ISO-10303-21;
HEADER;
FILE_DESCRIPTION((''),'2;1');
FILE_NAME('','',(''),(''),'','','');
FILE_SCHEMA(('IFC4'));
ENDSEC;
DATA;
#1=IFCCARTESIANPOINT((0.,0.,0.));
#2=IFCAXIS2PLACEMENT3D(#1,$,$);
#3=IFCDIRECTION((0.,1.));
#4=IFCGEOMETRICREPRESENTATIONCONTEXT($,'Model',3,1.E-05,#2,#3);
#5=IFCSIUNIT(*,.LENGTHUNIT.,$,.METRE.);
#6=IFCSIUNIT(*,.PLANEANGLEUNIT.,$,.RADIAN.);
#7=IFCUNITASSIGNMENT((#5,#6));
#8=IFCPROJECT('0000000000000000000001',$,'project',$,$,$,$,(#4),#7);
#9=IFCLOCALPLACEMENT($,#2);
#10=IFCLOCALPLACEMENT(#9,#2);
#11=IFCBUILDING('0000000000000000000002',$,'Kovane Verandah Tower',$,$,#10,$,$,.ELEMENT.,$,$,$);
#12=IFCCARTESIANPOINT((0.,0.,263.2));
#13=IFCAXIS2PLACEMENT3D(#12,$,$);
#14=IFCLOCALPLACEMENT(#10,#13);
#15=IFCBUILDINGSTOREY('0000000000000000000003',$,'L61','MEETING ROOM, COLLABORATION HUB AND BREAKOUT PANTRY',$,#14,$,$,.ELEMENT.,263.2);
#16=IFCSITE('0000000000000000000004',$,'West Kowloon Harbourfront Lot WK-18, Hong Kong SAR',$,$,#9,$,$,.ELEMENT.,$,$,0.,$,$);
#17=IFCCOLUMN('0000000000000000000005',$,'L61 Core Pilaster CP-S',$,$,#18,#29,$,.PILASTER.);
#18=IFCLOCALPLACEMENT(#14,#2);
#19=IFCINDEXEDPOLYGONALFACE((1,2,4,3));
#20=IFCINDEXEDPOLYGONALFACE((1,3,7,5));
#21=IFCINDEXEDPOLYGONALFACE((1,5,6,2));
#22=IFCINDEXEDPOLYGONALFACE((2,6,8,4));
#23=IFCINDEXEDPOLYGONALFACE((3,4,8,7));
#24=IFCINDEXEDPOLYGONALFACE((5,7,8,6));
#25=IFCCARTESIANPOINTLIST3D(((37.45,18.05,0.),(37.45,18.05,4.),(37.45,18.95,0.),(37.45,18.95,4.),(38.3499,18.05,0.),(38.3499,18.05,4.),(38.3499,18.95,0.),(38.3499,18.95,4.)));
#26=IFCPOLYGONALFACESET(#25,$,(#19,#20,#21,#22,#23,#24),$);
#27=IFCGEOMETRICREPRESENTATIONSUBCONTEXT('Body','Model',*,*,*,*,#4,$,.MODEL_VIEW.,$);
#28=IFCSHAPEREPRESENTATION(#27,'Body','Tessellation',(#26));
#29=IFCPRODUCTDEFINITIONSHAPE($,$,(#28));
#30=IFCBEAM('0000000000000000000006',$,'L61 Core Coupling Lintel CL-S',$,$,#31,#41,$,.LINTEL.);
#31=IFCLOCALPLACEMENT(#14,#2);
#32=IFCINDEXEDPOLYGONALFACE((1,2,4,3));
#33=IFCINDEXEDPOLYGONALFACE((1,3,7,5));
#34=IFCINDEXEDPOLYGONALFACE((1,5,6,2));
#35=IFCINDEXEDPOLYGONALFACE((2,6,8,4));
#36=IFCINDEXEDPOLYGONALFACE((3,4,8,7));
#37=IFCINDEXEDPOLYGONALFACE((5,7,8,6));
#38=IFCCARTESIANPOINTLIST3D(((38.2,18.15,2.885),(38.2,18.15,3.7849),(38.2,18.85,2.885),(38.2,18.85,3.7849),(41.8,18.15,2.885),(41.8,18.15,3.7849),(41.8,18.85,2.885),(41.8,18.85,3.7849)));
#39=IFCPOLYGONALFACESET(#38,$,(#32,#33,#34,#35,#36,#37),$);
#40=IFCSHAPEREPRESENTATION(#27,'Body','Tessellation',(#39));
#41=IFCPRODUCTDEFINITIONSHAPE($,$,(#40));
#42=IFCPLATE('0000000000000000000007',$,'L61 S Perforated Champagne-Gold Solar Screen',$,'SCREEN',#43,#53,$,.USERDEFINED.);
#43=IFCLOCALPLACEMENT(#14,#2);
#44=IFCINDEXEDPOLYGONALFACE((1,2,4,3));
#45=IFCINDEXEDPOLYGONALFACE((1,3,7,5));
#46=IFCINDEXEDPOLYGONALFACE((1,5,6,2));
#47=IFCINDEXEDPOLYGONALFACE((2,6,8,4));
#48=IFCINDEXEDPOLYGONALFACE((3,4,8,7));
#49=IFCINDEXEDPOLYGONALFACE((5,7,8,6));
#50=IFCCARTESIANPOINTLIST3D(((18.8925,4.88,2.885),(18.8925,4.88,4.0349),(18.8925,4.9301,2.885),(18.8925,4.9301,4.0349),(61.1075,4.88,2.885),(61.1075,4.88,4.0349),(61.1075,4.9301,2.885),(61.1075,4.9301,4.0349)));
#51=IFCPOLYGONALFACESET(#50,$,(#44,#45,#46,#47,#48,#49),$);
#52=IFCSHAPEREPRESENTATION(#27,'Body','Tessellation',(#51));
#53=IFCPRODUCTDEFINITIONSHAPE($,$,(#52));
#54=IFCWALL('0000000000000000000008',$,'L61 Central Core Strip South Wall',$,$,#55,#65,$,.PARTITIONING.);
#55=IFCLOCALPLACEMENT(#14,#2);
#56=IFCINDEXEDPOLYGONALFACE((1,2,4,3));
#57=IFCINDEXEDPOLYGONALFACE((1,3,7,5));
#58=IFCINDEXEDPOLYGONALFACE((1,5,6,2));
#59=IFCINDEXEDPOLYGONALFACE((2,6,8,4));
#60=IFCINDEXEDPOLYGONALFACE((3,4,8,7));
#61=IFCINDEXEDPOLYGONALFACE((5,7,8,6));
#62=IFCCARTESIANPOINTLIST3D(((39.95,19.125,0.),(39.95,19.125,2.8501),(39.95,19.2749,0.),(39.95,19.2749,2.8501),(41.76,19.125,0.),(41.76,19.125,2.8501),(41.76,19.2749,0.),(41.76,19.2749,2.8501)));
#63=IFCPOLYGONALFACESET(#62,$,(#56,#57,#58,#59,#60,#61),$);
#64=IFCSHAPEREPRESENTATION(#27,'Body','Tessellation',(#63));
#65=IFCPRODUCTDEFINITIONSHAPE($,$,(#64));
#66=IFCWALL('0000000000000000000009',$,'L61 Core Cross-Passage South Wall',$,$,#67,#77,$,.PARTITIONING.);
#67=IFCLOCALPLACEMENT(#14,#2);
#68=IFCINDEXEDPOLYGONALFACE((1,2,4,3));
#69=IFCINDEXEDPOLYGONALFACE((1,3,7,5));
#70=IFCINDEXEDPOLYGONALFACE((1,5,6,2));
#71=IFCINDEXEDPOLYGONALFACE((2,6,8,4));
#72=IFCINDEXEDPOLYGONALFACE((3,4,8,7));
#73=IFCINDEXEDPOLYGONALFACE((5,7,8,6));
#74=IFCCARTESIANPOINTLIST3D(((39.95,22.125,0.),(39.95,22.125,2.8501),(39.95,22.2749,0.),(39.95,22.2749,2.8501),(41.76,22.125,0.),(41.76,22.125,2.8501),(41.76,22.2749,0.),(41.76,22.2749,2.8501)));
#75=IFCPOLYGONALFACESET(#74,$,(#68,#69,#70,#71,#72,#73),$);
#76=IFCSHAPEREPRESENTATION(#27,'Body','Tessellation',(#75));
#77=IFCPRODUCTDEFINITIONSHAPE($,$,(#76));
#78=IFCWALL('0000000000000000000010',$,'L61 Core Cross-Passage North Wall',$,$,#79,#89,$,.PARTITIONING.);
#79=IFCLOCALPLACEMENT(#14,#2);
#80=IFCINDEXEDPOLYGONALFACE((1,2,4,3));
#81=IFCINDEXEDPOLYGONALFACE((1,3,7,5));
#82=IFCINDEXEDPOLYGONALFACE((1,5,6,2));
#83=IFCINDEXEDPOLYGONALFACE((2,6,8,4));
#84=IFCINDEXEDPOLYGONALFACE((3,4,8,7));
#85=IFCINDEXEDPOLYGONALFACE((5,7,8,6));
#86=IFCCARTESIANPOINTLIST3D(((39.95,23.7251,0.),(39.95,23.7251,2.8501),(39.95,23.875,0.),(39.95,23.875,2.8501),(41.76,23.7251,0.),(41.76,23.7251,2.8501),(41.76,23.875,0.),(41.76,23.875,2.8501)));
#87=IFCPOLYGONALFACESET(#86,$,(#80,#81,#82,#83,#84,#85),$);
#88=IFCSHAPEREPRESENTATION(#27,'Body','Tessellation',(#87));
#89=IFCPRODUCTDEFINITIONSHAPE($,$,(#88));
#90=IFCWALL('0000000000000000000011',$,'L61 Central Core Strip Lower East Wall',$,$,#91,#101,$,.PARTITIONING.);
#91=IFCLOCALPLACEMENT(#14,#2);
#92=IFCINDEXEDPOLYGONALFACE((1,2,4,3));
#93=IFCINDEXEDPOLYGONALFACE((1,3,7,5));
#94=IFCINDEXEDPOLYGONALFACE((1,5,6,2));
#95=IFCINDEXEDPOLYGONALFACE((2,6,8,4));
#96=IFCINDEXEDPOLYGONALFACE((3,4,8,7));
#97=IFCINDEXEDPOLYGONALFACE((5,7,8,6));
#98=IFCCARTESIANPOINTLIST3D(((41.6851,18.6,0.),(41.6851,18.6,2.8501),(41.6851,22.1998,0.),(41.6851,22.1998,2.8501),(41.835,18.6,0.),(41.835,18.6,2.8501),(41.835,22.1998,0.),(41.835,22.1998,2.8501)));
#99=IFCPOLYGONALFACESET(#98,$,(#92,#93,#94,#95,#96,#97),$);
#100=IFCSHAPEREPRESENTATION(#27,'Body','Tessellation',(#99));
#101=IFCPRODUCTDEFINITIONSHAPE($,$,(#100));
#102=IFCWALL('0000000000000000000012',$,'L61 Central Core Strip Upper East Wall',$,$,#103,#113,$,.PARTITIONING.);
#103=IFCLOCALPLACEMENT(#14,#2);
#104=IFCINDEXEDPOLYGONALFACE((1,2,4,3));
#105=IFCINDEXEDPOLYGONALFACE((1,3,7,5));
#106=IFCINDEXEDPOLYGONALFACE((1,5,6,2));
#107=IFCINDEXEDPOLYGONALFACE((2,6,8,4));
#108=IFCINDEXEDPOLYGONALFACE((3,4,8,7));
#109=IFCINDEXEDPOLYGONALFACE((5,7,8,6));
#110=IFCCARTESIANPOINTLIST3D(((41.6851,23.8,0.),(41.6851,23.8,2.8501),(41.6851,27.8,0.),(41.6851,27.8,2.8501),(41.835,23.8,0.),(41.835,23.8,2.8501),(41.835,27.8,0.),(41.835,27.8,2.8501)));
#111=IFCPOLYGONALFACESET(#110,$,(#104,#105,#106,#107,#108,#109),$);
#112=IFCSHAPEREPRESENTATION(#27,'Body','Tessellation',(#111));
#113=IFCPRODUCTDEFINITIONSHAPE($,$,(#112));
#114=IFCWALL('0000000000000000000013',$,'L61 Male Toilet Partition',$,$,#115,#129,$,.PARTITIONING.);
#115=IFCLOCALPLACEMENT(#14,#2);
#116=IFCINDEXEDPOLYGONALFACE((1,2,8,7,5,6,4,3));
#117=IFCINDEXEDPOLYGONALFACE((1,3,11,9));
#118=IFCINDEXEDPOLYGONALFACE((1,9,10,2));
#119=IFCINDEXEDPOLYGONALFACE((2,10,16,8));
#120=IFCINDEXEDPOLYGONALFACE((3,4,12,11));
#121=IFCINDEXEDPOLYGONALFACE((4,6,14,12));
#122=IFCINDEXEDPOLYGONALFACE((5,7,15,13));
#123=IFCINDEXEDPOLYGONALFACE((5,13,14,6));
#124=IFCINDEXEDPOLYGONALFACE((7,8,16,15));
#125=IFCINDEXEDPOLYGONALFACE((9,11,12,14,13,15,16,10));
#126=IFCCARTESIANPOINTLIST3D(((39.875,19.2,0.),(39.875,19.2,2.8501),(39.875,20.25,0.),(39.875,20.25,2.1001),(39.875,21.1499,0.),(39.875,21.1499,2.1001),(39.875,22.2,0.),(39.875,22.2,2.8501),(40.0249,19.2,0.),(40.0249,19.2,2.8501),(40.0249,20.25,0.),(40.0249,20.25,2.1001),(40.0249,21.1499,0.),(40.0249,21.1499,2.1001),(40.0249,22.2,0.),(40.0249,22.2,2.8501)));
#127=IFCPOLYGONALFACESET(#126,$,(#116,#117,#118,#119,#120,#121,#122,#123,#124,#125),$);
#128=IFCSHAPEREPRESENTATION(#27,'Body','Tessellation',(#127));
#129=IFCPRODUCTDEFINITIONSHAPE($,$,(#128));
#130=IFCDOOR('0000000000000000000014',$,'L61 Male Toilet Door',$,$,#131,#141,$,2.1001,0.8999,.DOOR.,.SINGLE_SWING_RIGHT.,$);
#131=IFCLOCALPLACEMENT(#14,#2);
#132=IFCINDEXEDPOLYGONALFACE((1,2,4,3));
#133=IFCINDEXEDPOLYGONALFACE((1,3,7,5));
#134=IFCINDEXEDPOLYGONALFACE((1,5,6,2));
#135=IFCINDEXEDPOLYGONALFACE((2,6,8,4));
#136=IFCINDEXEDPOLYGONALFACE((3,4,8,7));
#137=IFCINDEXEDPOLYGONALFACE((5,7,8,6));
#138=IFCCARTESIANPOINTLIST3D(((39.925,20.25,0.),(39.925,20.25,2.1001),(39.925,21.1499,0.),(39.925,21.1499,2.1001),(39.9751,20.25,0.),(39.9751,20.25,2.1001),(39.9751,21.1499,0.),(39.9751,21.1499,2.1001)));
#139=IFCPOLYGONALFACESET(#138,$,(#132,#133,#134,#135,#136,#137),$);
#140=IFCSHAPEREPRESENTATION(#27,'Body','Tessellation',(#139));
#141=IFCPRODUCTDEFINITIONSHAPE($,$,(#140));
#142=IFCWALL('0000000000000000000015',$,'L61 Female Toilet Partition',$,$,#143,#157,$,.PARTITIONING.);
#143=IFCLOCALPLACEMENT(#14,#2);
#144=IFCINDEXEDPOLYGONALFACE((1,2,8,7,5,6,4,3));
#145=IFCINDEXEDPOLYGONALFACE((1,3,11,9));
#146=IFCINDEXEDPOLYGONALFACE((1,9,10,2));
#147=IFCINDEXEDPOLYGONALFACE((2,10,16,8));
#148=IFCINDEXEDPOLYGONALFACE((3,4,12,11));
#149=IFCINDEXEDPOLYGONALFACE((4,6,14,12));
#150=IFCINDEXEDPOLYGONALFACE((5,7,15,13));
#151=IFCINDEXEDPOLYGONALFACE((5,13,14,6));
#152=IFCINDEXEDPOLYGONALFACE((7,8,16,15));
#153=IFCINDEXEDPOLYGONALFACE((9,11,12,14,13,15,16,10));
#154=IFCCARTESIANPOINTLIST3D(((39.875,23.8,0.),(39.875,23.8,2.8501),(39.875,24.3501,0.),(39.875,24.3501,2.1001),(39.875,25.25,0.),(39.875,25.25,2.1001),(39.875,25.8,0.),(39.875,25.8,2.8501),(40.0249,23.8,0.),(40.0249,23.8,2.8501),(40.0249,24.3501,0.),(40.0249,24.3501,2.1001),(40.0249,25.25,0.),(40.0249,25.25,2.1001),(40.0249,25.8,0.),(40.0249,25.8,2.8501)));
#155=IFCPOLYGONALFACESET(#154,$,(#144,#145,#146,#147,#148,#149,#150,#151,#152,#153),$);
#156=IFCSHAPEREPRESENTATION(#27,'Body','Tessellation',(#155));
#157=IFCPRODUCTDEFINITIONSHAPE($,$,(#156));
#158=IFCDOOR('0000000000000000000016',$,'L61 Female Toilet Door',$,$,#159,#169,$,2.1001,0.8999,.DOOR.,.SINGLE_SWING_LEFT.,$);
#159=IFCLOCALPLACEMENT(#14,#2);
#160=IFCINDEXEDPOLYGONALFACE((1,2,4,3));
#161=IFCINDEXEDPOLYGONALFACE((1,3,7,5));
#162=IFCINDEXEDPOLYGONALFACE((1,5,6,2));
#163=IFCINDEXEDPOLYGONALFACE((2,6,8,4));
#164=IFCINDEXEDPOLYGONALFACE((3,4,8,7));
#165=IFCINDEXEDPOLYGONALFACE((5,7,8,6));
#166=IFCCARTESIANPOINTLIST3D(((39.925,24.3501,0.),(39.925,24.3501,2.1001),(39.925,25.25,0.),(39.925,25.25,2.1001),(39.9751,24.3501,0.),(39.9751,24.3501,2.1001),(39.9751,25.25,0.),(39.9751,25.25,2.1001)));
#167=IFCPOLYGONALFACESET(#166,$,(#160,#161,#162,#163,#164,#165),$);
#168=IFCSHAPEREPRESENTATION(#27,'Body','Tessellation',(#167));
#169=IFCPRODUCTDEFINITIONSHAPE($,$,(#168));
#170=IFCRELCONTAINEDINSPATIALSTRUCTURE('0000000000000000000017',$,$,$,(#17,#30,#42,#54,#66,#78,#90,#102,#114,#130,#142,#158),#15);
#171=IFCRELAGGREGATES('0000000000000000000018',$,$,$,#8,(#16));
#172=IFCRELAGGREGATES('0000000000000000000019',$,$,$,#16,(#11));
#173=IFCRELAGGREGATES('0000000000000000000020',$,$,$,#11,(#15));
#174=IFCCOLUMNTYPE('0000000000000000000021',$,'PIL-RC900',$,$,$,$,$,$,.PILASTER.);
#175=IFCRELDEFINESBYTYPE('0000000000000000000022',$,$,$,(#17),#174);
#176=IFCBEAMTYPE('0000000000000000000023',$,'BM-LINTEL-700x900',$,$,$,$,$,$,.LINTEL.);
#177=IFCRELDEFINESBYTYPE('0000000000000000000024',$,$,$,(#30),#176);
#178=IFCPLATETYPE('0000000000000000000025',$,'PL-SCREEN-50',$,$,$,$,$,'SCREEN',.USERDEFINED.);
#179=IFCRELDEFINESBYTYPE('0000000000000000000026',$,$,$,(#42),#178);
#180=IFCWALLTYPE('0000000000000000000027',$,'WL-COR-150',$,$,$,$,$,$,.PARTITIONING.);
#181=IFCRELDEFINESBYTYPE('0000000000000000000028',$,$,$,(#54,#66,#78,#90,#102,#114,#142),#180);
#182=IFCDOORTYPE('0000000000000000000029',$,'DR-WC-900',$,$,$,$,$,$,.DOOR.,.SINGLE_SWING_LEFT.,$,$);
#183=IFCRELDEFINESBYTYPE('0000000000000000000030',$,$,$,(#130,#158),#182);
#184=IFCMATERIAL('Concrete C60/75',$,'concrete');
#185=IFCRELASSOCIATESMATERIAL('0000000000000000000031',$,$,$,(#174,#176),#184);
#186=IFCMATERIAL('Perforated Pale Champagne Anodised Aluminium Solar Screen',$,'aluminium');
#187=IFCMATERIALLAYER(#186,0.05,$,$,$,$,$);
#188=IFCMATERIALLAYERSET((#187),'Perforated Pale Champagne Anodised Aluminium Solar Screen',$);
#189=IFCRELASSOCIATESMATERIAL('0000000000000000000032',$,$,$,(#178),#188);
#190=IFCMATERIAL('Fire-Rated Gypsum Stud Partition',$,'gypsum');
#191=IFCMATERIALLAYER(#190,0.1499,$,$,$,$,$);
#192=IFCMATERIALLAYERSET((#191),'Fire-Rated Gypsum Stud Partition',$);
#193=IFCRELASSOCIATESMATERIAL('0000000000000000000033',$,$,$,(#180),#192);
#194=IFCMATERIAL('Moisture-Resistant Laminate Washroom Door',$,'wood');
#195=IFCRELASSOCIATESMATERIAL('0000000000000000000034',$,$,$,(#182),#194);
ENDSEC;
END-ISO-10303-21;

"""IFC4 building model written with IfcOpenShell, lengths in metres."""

from ifc_helpers import new_model, si_unit, direction, frame, frame_2d, origin, origin_2d, place, context, subcontext, project, spatial, rectangle, extrude, material, layer, layer_set, material_profile, profile_set, type_object, element, fill, save


model = new_model("IFC4")

# Units and contexts
model_context = context("Model", 3, precision=1e-05, world=origin(), true_north=direction((0.0, 1.0)))
body_context = subcontext(model_context, "Body", "Model", "MODEL_VIEW")
ifc_project = project(units=[si_unit("LENGTHUNIT", "METRE"), si_unit("PLANEANGLEUNIT", "RADIAN")], contexts=[model_context])

# Site, building, storey
site_placement = place(None, origin())
site = spatial("IfcSite", under=ifc_project, at=site_placement, Name="West Kowloon Harbourfront Lot WK-18, Hong Kong SAR", CompositionType="ELEMENT", RefElevation=0.0)
building_placement = place(site_placement, origin())
building = spatial("IfcBuilding", under=site, at=building_placement, Name="Kovane Verandah Tower", CompositionType="ELEMENT")
storey_placement = place(building_placement, frame((0.0, 0.0, 263.2)))
storey = spatial("IfcBuildingStorey", under=building, at=storey_placement, Name="L61", Description="MEETING ROOM, COLLABORATION HUB AND BREAKOUT PANTRY", CompositionType="ELEMENT", Elevation=263.2)

# Column
ifc_material_1 = material(Name="Concrete C60/75", Category="concrete")
ifc_material_profile_1 = material_profile(ifc_material_1, rectangle(XDim=0.8999, YDim=0.8999, at=origin_2d()), Name="RC900x900")
ifc_profile_set_1 = profile_set([ifc_material_profile_1], Name="Concrete C60/75")
column_type = type_object("IfcColumnType", Name="PIL-RC900", PredefinedType="PILASTER", material=ifc_profile_set_1)
column_placement = place(storey_placement, frame((37.8999, 18.5, 0.0), z_axis=(0.0, 0.0, 1.0), x_axis=(1.0, 0.0, 0.0)))
element("IfcColumn", 1, at=column_placement, inside=storey, type_object=column_type, Name="L61 Core Pilaster CP-S", PredefinedType="PILASTER", context=body_context, shape_type="SweptSolid", body=[
    extrude(rectangle(XDim=0.8999, YDim=0.8999, at=origin_2d()), origin(), (0.0, 0.0, 1.0), 4.0),
])

# Beam
ifc_material_profile_2 = material_profile(ifc_material_1, rectangle(XDim=0.7, YDim=0.8999, at=origin_2d()), Name="RCB700x900")
ifc_profile_set_2 = profile_set([ifc_material_profile_2], Name="Concrete C60/75")
beam_type = type_object("IfcBeamType", Name="BM-LINTEL-700x900", PredefinedType="LINTEL", material=ifc_profile_set_2)
beam_placement = place(storey_placement, frame((38.2, 18.5, 3.335), z_axis=(1.0, 0.0, 0.0), x_axis=(0.0, 1.0, 0.0)))
element("IfcBeam", 2, at=beam_placement, inside=storey, type_object=beam_type, Name="L61 Core Coupling Lintel CL-S", PredefinedType="LINTEL", context=body_context, shape_type="SweptSolid", body=[
    extrude(rectangle(XDim=0.7, YDim=0.8999, at=origin_2d()), origin(), (0.0, 0.0, 1.0), 3.6001),
])

# Plate
ifc_material_2 = material(Name="Perforated Pale Champagne Anodised Aluminium Solar Screen", Category="aluminium")
ifc_layer_1 = layer(ifc_material_2, 0.05)
ifc_layer_set_1 = layer_set([ifc_layer_1], Name="Perforated Pale Champagne Anodised Aluminium Solar Screen")
plate_type = type_object("IfcPlateType", Name="PL-SCREEN-50", ElementType="SCREEN", PredefinedType="USERDEFINED", material=ifc_layer_set_1)
plate_placement = place(storey_placement, frame((40.0, 4.905, 2.885), z_axis=(0.0, 0.0, 1.0), x_axis=(1.0, 0.0, 0.0)))
element("IfcPlate", 3, at=plate_placement, inside=storey, type_object=plate_type, Name="L61 S Perforated Champagne-Gold Solar Screen", ObjectType="SCREEN", PredefinedType="USERDEFINED", context=body_context, shape_type="SweptSolid", body=[
    extrude(rectangle(XDim=42.2151, YDim=0.05, at=origin_2d()), origin(), (0.0, 0.0, 1.0), 1.1499),
])

# Walls
ifc_material_3 = material(Name="Fire-Rated Gypsum Stud Partition", Category="gypsum")
ifc_layer_2 = layer(ifc_material_3, 0.1499)
ifc_layer_set_2 = layer_set([ifc_layer_2], Name="Fire-Rated Gypsum Stud Partition")
wall_type_1 = type_object("IfcWallType", Name="WL-COR-150", PredefinedType="PARTITIONING", material=ifc_layer_set_2)
for number, where, z_axis, x_axis, name in (
    (4, (39.95, 19.2, 0.0), (0.0, 0.0, 1.0), (1.0, 0.0, 0.0), "L61 Central Core Strip South Wall"),
    (5, (39.95, 22.2, 0.0), (0.0, 0.0, 1.0), (1.0, 0.0, 0.0), "L61 Core Cross-Passage South Wall"),
    (6, (39.95, 23.8, 0.0), (0.0, 0.0, 1.0), (1.0, 0.0, 0.0), "L61 Core Cross-Passage North Wall"),
):
    element("IfcWall", number, at=place(storey_placement, frame(where, z_axis=z_axis, x_axis=x_axis)), inside=storey, type_object=wall_type_1, Name=name, PredefinedType="PARTITIONING", context=body_context, shape_type="SweptSolid", body=[
        extrude(rectangle(XDim=1.8101, YDim=0.1499, at=frame_2d((0.905, 0.0))), origin(), (0.0, 0.0, 1.0), 2.8501),
    ])
wall_1_placement = place(storey_placement, frame((41.76, 18.6001, 0.0), z_axis=(0.0, 0.0, 1.0), x_axis=(0.0, 1.0, 0.0)))
element("IfcWall", 7, at=wall_1_placement, inside=storey, type_object=wall_type_1, Name="L61 Central Core Strip Lower East Wall", PredefinedType="PARTITIONING", context=body_context, shape_type="SweptSolid", body=[
    extrude(rectangle(XDim=3.5999, YDim=0.1499, at=frame_2d((1.7998, 0.0))), origin(), (0.0, 0.0, 1.0), 2.8501),
])
wall_2_placement = place(storey_placement, frame((41.76, 23.8, 0.0), z_axis=(0.0, 0.0, 1.0), x_axis=(0.0, 1.0, 0.0)))
element("IfcWall", 8, at=wall_2_placement, inside=storey, type_object=wall_type_1, Name="L61 Central Core Strip Upper East Wall", PredefinedType="PARTITIONING", context=body_context, shape_type="SweptSolid", body=[
    extrude(rectangle(XDim=4.0, YDim=0.1499, at=frame_2d((2.0, 0.0))), origin(), (0.0, 0.0, 1.0), 2.8501),
])

# Walls, openings, doors
wall_3_placement = place(storey_placement, frame((39.95, 19.2, 0.0), z_axis=(0.0, 0.0, 1.0), x_axis=(0.0, 1.0, 0.0)))
wall_3 = element("IfcWall", 9, at=wall_3_placement, inside=storey, type_object=wall_type_1, Name="L61 Male Toilet Partition", PredefinedType="PARTITIONING", context=body_context, shape_type="SweptSolid", body=[
    extrude(rectangle(XDim=3.0, YDim=0.1499, at=frame_2d((1.5, 0.0))), origin(), (0.0, 0.0, 1.0), 2.8501),
])
opening_1_placement = place(wall_3_placement, frame((1.05, 0.0, 0.0)))
opening_1 = element("IfcOpeningElement", 10, at=opening_1_placement, cuts=wall_3, PredefinedType="OPENING", context=body_context, shape_type="SweptSolid", body=[
    extrude(rectangle(XDim=0.8999, YDim=2.1001, at=frame_2d((0.45, 1.05))), frame((0.0, 0.075, 0.0), z_axis=(0.0, -1.0, 0.0), x_axis=(1.0, 0.0, 0.0)), (0.0, 0.0, 1.0), 0.1499),
])
ifc_material_4 = material(Name="Moisture-Resistant Laminate Washroom Door", Category="wood")
door_type_1 = type_object("IfcDoorType", Name="DR-WC-900", OperationType="SINGLE_SWING_LEFT", PredefinedType="DOOR", material=ifc_material_4)
door_1_placement = place(opening_1_placement, origin())
door_1 = element("IfcDoor", 11, at=door_1_placement, inside=storey, type_object=door_type_1, Name="L61 Male Toilet Door", OperationType="SINGLE_SWING_RIGHT", OverallHeight=2.1001, OverallWidth=0.8999, PredefinedType="DOOR", context=body_context, shape_type="SweptSolid", body=[
    extrude(rectangle(XDim=0.8999, YDim=2.1001, at=frame_2d((0.45, 1.05))), frame((0.0, 0.0249, 0.0), z_axis=(0.0, -1.0, 0.0), x_axis=(1.0, 0.0, 0.0)), (0.0, 0.0, 1.0), 0.05),
])
fill(opening_1, door_1)
wall_4_placement = place(storey_placement, frame((39.95, 23.8, 0.0), z_axis=(0.0, 0.0, 1.0), x_axis=(0.0, 1.0, 0.0)))
wall_4 = element("IfcWall", 12, at=wall_4_placement, inside=storey, type_object=wall_type_1, Name="L61 Female Toilet Partition", PredefinedType="PARTITIONING", context=body_context, shape_type="SweptSolid", body=[
    extrude(rectangle(XDim=2.0, YDim=0.1499, at=frame_2d((1.0, 0.0))), origin(), (0.0, 0.0, 1.0), 2.8501),
])
opening_2_placement = place(wall_4_placement, frame((0.55, 0.0, 0.0)))
opening_2 = element("IfcOpeningElement", 13, at=opening_2_placement, cuts=wall_4, PredefinedType="OPENING", context=body_context, shape_type="SweptSolid", body=[
    extrude(rectangle(XDim=0.8999, YDim=2.1001, at=frame_2d((0.45, 1.05))), frame((0.0, 0.075, 0.0), z_axis=(0.0, -1.0, 0.0), x_axis=(1.0, 0.0, 0.0)), (0.0, 0.0, 1.0), 0.1499),
])
door_2_placement = place(opening_2_placement, origin())
door_2 = element("IfcDoor", 14, at=door_2_placement, inside=storey, type_object=door_type_1, Name="L61 Female Toilet Door", OperationType="SINGLE_SWING_LEFT", OverallHeight=2.1001, OverallWidth=0.8999, PredefinedType="DOOR", context=body_context, shape_type="SweptSolid", body=[
    extrude(rectangle(XDim=0.8999, YDim=2.1001, at=frame_2d((0.45, 1.05))), frame((0.0, 0.0249, 0.0), z_axis=(0.0, -1.0, 0.0), x_axis=(1.0, 0.0, 0.0)), (0.0, 0.0, 1.0), 0.05),
])
fill(opening_2, door_2)

save(model, "model.ifc")
